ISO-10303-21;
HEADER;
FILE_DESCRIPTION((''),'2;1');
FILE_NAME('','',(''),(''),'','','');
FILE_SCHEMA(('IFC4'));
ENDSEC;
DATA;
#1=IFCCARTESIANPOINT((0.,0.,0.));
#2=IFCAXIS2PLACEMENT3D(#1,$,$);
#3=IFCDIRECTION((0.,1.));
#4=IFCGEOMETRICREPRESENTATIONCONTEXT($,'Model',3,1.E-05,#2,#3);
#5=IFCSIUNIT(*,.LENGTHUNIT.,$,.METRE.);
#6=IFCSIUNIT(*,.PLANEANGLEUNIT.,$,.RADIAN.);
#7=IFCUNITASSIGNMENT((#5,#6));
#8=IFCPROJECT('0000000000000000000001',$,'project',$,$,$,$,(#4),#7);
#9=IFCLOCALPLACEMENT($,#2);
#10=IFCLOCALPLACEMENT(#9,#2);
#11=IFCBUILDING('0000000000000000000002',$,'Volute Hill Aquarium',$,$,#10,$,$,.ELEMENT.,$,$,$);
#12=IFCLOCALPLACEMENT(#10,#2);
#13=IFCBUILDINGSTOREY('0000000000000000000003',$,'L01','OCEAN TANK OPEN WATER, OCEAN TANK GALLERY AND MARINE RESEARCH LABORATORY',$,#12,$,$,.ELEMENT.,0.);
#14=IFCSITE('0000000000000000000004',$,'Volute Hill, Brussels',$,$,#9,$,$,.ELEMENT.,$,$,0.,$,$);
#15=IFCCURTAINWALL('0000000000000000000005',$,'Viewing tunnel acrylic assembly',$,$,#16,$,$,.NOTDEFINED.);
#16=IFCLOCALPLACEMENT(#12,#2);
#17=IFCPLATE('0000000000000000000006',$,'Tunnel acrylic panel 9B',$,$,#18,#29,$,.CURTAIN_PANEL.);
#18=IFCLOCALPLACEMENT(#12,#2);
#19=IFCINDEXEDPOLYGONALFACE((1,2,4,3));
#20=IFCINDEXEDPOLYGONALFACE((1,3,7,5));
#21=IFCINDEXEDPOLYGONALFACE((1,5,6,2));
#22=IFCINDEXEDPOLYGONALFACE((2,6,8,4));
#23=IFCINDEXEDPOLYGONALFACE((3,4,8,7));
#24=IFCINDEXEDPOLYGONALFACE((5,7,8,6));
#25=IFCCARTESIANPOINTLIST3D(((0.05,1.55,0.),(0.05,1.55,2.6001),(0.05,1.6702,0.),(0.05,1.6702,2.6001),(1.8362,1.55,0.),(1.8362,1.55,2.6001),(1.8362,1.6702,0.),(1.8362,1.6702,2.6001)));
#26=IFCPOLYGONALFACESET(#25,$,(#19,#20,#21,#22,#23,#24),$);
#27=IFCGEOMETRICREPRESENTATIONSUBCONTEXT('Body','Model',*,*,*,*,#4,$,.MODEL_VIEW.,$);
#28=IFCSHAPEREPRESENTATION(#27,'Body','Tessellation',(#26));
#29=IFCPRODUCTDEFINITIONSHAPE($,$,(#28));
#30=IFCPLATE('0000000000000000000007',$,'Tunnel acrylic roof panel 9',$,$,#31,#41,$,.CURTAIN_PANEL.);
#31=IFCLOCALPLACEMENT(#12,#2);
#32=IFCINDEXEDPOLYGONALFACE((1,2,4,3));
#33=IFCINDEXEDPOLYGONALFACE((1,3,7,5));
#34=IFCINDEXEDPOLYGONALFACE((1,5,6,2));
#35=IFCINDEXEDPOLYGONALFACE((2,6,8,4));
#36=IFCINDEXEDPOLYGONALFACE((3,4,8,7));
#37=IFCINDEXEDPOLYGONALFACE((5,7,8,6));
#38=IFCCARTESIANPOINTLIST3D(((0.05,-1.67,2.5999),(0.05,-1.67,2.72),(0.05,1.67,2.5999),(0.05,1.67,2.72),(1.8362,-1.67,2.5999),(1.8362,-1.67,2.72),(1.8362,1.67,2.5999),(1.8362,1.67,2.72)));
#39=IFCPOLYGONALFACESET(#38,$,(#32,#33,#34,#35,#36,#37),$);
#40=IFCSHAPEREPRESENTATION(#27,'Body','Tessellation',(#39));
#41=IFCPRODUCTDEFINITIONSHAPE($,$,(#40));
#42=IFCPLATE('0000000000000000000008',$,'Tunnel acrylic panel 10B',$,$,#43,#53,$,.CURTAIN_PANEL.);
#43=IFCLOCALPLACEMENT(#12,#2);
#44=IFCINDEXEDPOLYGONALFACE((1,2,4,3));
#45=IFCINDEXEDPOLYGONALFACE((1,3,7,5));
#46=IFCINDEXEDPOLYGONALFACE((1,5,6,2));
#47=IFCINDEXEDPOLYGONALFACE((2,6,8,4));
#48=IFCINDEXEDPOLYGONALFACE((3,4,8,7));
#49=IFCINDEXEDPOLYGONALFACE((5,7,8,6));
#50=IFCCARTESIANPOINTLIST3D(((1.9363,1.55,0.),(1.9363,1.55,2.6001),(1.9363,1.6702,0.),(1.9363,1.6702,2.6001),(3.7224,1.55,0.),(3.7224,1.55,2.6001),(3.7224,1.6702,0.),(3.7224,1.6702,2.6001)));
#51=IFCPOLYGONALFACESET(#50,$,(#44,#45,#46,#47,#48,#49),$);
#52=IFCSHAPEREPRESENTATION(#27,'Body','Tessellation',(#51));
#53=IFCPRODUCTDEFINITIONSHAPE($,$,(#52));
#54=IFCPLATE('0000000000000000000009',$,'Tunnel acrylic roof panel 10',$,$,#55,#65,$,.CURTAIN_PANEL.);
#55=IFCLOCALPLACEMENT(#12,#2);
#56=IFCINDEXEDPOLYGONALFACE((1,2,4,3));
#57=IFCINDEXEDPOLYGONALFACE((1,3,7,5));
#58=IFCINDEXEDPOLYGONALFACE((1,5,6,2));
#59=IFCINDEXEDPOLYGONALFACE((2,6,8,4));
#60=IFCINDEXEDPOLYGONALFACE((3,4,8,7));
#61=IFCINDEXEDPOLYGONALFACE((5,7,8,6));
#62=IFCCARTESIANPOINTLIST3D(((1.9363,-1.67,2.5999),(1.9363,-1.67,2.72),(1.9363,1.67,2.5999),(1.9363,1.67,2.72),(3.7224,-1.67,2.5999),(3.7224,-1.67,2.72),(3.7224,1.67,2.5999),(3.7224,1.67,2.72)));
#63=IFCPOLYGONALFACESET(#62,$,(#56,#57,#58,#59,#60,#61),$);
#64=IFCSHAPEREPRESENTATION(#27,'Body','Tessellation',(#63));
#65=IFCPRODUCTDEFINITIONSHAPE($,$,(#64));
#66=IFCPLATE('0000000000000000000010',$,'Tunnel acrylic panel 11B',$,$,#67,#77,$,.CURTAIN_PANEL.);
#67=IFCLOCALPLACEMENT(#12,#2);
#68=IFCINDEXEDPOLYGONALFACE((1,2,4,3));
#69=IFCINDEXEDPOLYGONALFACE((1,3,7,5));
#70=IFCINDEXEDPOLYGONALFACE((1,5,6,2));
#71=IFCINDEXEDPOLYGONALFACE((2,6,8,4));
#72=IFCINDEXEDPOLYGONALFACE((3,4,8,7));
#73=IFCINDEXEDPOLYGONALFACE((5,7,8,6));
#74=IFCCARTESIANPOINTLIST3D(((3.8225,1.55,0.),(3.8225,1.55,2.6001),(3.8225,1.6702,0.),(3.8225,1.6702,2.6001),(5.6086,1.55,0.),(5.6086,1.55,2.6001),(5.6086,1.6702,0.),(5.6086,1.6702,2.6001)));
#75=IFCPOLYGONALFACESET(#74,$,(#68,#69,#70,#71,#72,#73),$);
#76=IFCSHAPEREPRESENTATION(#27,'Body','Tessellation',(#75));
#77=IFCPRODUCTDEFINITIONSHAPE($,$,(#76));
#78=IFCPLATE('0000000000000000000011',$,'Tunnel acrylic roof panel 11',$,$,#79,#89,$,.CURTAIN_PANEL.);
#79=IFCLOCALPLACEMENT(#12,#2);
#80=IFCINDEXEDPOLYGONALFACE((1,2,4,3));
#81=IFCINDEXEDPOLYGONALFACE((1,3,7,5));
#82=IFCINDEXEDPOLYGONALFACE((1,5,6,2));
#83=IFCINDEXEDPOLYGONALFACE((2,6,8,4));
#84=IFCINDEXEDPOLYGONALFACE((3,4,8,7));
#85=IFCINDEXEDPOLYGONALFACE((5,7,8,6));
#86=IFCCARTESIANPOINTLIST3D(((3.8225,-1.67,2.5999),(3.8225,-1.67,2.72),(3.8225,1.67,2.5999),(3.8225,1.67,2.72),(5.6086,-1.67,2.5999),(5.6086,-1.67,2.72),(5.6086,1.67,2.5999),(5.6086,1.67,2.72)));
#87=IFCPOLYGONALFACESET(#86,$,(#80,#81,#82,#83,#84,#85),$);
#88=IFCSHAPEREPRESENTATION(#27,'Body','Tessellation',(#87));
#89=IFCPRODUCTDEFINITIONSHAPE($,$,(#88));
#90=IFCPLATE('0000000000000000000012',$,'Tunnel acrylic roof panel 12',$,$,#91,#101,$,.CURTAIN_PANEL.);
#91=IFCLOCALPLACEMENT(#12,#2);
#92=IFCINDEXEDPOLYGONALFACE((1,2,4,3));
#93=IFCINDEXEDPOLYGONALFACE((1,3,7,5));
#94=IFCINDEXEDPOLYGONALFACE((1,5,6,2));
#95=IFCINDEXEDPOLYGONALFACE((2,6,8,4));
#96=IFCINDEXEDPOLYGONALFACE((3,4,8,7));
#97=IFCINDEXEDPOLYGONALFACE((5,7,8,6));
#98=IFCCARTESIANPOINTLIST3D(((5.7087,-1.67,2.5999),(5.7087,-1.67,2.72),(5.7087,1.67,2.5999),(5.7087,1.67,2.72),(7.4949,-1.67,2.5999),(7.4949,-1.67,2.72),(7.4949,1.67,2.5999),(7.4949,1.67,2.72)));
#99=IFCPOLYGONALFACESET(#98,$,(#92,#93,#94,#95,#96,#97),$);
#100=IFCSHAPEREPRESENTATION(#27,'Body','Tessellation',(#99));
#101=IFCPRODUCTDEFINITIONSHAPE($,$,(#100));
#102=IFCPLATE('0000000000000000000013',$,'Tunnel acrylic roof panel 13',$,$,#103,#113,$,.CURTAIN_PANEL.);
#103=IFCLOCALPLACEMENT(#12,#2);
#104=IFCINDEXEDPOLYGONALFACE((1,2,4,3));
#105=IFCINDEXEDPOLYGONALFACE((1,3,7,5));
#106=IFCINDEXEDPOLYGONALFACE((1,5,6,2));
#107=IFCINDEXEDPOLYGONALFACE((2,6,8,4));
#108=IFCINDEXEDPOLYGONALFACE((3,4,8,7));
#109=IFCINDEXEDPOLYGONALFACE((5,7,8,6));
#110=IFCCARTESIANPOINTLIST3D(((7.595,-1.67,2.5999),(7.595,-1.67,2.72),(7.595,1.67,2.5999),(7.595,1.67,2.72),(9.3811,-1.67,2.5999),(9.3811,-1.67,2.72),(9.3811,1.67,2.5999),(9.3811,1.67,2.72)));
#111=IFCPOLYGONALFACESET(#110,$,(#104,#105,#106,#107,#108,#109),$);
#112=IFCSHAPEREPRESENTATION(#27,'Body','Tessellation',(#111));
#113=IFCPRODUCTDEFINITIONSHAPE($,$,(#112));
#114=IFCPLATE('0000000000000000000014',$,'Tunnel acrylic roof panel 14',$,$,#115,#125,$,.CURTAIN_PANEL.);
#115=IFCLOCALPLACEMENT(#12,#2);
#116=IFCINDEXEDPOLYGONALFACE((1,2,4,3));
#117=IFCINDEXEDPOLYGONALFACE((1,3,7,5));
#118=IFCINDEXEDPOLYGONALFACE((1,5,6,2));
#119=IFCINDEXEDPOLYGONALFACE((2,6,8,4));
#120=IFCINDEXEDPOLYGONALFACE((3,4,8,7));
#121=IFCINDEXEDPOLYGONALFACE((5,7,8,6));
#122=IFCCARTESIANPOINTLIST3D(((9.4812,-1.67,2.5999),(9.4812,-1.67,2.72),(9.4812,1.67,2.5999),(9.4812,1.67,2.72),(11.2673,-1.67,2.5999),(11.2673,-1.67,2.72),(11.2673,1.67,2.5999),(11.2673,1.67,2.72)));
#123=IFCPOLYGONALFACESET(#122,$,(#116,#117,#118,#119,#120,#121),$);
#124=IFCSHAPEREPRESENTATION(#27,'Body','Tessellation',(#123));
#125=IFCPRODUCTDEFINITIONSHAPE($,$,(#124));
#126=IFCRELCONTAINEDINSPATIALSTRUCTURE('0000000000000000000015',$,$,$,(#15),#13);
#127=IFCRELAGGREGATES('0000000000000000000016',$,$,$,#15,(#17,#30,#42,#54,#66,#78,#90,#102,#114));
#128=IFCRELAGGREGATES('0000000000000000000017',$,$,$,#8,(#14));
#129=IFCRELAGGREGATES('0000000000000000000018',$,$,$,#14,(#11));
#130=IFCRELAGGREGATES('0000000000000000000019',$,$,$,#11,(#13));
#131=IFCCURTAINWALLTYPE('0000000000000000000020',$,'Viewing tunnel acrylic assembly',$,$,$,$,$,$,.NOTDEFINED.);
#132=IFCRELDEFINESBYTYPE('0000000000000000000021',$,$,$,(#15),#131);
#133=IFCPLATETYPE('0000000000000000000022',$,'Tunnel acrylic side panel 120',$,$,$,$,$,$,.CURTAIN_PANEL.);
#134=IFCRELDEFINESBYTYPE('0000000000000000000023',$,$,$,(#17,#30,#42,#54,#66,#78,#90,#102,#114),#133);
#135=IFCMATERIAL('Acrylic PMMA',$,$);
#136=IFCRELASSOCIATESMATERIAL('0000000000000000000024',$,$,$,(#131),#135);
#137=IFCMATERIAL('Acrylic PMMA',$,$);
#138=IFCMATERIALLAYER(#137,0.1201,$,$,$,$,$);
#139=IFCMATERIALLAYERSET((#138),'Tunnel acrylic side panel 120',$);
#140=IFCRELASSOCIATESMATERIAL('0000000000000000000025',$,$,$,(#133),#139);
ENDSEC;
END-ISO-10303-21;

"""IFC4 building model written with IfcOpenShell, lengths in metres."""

from ifc_helpers import new_model, si_unit, direction, frame, origin, origin_2d, place, context, subcontext, project, spatial, rectangle, extrude, material, layer, layer_set, type_object, element, aggregate, save


model = new_model("IFC4")

# Units and contexts
model_context = context("Model", 3, precision=1e-05, world=origin(), true_north=direction((0.0, 1.0)))
body_context = subcontext(model_context, "Body", "Model", "MODEL_VIEW")
ifc_project = project(units=[si_unit("LENGTHUNIT", "METRE"), si_unit("PLANEANGLEUNIT", "RADIAN")], contexts=[model_context])

# Site, building, storey
site_placement = place(None, origin())
site = spatial("IfcSite", under=ifc_project, at=site_placement, Name="Volute Hill, Brussels", CompositionType="ELEMENT", RefElevation=0.0)
building_placement = place(site_placement, origin())
building = spatial("IfcBuilding", under=site, at=building_placement, Name="Volute Hill Aquarium", CompositionType="ELEMENT")
storey_placement = place(building_placement, origin())
storey = spatial("IfcBuildingStorey", under=building, at=storey_placement, Name="L01", Description="OCEAN TANK OPEN WATER, OCEAN TANK GALLERY AND MARINE RESEARCH LABORATORY", CompositionType="ELEMENT", Elevation=0.0)

# Curtain wall, plates
ifc_material_1 = material(Name="Acrylic PMMA")
curtain_wall_type = type_object("IfcCurtainWallType", Name="Viewing tunnel acrylic assembly", PredefinedType="NOTDEFINED", material=ifc_material_1)
curtain_wall_placement = place(storey_placement, origin())
curtain_wall = element("IfcCurtainWall", 1, at=curtain_wall_placement, inside=storey, type_object=curtain_wall_type, Name="Viewing tunnel acrylic assembly", PredefinedType="NOTDEFINED")
ifc_material_2 = material(Name="Acrylic PMMA")
ifc_layer_1 = layer(ifc_material_2, 0.1201)
ifc_layer_set_1 = layer_set([ifc_layer_1], Name="Tunnel acrylic side panel 120")
plate_type = type_object("IfcPlateType", Name="Tunnel acrylic side panel 120", PredefinedType="CURTAIN_PANEL", material=ifc_layer_set_1)
plate_1_placement = place(storey_placement, frame((0.9431, 1.6101, 0.0), z_axis=(0.0, 0.0, 1.0), x_axis=(1.0, 0.0, 0.0)))
plate_1 = element("IfcPlate", 2, at=plate_1_placement, type_object=plate_type, Name="Tunnel acrylic panel 9B", PredefinedType="CURTAIN_PANEL", context=body_context, shape_type="SweptSolid", body=[
    extrude(rectangle(XDim=1.7861, YDim=0.1201, at=origin_2d()), origin(), (0.0, 0.0, 1.0), 2.6001),
])
plate_2_placement = place(storey_placement, frame((0.9431, 0.0, 2.5999), z_axis=(0.0, 0.0, 1.0), x_axis=(1.0, 0.0, 0.0)))
plate_2 = element("IfcPlate", 3, at=plate_2_placement, type_object=plate_type, Name="Tunnel acrylic roof panel 9", PredefinedType="CURTAIN_PANEL", context=body_context, shape_type="SweptSolid", body=[
    extrude(rectangle(XDim=1.7861, YDim=3.3401, at=origin_2d()), origin(), (0.0, 0.0, 1.0), 0.1201),
])
plate_3_placement = place(storey_placement, frame((2.8293, 1.6101, 0.0), z_axis=(0.0, 0.0, 1.0), x_axis=(1.0, 0.0, 0.0)))
plate_3 = element("IfcPlate", 4, at=plate_3_placement, type_object=plate_type, Name="Tunnel acrylic panel 10B", PredefinedType="CURTAIN_PANEL", context=body_context, shape_type="SweptSolid", body=[
    extrude(rectangle(XDim=1.7861, YDim=0.1201, at=origin_2d()), origin(), (0.0, 0.0, 1.0), 2.6001),
])
plate_4_placement = place(storey_placement, frame((2.8293, 0.0, 2.5999), z_axis=(0.0, 0.0, 1.0), x_axis=(1.0, 0.0, 0.0)))
plate_4 = element("IfcPlate", 5, at=plate_4_placement, type_object=plate_type, Name="Tunnel acrylic roof panel 10", PredefinedType="CURTAIN_PANEL", context=body_context, shape_type="SweptSolid", body=[
    extrude(rectangle(XDim=1.7861, YDim=3.3401, at=origin_2d()), origin(), (0.0, 0.0, 1.0), 0.1201),
])
plate_5_placement = place(storey_placement, frame((4.7156, 1.6101, 0.0), z_axis=(0.0, 0.0, 1.0), x_axis=(1.0, 0.0, 0.0)))
plate_5 = element("IfcPlate", 6, at=plate_5_placement, type_object=plate_type, Name="Tunnel acrylic panel 11B", PredefinedType="CURTAIN_PANEL", context=body_context, shape_type="SweptSolid", body=[
    extrude(rectangle(XDim=1.7861, YDim=0.1201, at=origin_2d()), origin(), (0.0, 0.0, 1.0), 2.6001),
])
plate_6_placement = place(storey_placement, frame((4.7156, 0.0, 2.5999), z_axis=(0.0, 0.0, 1.0), x_axis=(1.0, 0.0, 0.0)))
plate_6 = element("IfcPlate", 7, at=plate_6_placement, type_object=plate_type, Name="Tunnel acrylic roof panel 11", PredefinedType="CURTAIN_PANEL", context=body_context, shape_type="SweptSolid", body=[
    extrude(rectangle(XDim=1.7861, YDim=3.3401, at=origin_2d()), origin(), (0.0, 0.0, 1.0), 0.1201),
])
plate_7_placement = place(storey_placement, frame((6.6018, 0.0, 2.5999), z_axis=(0.0, 0.0, 1.0), x_axis=(1.0, 0.0, 0.0)))
plate_7 = element("IfcPlate", 8, at=plate_7_placement, type_object=plate_type, Name="Tunnel acrylic roof panel 12", PredefinedType="CURTAIN_PANEL", context=body_context, shape_type="SweptSolid", body=[
    extrude(rectangle(XDim=1.7861, YDim=3.3401, at=origin_2d()), origin(), (0.0, 0.0, 1.0), 0.1201),
])
plate_8_placement = place(storey_placement, frame((8.488, 0.0, 2.5999), z_axis=(0.0, 0.0, 1.0), x_axis=(1.0, 0.0, 0.0)))
plate_8 = element("IfcPlate", 9, at=plate_8_placement, type_object=plate_type, Name="Tunnel acrylic roof panel 13", PredefinedType="CURTAIN_PANEL", context=body_context, shape_type="SweptSolid", body=[
    extrude(rectangle(XDim=1.7861, YDim=3.3401, at=origin_2d()), origin(), (0.0, 0.0, 1.0), 0.1201),
])
plate_9_placement = place(storey_placement, frame((10.3743, 0.0, 2.5999), z_axis=(0.0, 0.0, 1.0), x_axis=(1.0, 0.0, 0.0)))
plate_9 = element("IfcPlate", 10, at=plate_9_placement, type_object=plate_type, Name="Tunnel acrylic roof panel 14", PredefinedType="CURTAIN_PANEL", context=body_context, shape_type="SweptSolid", body=[
    extrude(rectangle(XDim=1.7861, YDim=3.3401, at=origin_2d()), origin(), (0.0, 0.0, 1.0), 0.1201),
])
aggregate(curtain_wall, [plate_1, plate_2, plate_3, plate_4, plate_5, plate_6, plate_7, plate_8, plate_9])

save(model, "model.ifc")
